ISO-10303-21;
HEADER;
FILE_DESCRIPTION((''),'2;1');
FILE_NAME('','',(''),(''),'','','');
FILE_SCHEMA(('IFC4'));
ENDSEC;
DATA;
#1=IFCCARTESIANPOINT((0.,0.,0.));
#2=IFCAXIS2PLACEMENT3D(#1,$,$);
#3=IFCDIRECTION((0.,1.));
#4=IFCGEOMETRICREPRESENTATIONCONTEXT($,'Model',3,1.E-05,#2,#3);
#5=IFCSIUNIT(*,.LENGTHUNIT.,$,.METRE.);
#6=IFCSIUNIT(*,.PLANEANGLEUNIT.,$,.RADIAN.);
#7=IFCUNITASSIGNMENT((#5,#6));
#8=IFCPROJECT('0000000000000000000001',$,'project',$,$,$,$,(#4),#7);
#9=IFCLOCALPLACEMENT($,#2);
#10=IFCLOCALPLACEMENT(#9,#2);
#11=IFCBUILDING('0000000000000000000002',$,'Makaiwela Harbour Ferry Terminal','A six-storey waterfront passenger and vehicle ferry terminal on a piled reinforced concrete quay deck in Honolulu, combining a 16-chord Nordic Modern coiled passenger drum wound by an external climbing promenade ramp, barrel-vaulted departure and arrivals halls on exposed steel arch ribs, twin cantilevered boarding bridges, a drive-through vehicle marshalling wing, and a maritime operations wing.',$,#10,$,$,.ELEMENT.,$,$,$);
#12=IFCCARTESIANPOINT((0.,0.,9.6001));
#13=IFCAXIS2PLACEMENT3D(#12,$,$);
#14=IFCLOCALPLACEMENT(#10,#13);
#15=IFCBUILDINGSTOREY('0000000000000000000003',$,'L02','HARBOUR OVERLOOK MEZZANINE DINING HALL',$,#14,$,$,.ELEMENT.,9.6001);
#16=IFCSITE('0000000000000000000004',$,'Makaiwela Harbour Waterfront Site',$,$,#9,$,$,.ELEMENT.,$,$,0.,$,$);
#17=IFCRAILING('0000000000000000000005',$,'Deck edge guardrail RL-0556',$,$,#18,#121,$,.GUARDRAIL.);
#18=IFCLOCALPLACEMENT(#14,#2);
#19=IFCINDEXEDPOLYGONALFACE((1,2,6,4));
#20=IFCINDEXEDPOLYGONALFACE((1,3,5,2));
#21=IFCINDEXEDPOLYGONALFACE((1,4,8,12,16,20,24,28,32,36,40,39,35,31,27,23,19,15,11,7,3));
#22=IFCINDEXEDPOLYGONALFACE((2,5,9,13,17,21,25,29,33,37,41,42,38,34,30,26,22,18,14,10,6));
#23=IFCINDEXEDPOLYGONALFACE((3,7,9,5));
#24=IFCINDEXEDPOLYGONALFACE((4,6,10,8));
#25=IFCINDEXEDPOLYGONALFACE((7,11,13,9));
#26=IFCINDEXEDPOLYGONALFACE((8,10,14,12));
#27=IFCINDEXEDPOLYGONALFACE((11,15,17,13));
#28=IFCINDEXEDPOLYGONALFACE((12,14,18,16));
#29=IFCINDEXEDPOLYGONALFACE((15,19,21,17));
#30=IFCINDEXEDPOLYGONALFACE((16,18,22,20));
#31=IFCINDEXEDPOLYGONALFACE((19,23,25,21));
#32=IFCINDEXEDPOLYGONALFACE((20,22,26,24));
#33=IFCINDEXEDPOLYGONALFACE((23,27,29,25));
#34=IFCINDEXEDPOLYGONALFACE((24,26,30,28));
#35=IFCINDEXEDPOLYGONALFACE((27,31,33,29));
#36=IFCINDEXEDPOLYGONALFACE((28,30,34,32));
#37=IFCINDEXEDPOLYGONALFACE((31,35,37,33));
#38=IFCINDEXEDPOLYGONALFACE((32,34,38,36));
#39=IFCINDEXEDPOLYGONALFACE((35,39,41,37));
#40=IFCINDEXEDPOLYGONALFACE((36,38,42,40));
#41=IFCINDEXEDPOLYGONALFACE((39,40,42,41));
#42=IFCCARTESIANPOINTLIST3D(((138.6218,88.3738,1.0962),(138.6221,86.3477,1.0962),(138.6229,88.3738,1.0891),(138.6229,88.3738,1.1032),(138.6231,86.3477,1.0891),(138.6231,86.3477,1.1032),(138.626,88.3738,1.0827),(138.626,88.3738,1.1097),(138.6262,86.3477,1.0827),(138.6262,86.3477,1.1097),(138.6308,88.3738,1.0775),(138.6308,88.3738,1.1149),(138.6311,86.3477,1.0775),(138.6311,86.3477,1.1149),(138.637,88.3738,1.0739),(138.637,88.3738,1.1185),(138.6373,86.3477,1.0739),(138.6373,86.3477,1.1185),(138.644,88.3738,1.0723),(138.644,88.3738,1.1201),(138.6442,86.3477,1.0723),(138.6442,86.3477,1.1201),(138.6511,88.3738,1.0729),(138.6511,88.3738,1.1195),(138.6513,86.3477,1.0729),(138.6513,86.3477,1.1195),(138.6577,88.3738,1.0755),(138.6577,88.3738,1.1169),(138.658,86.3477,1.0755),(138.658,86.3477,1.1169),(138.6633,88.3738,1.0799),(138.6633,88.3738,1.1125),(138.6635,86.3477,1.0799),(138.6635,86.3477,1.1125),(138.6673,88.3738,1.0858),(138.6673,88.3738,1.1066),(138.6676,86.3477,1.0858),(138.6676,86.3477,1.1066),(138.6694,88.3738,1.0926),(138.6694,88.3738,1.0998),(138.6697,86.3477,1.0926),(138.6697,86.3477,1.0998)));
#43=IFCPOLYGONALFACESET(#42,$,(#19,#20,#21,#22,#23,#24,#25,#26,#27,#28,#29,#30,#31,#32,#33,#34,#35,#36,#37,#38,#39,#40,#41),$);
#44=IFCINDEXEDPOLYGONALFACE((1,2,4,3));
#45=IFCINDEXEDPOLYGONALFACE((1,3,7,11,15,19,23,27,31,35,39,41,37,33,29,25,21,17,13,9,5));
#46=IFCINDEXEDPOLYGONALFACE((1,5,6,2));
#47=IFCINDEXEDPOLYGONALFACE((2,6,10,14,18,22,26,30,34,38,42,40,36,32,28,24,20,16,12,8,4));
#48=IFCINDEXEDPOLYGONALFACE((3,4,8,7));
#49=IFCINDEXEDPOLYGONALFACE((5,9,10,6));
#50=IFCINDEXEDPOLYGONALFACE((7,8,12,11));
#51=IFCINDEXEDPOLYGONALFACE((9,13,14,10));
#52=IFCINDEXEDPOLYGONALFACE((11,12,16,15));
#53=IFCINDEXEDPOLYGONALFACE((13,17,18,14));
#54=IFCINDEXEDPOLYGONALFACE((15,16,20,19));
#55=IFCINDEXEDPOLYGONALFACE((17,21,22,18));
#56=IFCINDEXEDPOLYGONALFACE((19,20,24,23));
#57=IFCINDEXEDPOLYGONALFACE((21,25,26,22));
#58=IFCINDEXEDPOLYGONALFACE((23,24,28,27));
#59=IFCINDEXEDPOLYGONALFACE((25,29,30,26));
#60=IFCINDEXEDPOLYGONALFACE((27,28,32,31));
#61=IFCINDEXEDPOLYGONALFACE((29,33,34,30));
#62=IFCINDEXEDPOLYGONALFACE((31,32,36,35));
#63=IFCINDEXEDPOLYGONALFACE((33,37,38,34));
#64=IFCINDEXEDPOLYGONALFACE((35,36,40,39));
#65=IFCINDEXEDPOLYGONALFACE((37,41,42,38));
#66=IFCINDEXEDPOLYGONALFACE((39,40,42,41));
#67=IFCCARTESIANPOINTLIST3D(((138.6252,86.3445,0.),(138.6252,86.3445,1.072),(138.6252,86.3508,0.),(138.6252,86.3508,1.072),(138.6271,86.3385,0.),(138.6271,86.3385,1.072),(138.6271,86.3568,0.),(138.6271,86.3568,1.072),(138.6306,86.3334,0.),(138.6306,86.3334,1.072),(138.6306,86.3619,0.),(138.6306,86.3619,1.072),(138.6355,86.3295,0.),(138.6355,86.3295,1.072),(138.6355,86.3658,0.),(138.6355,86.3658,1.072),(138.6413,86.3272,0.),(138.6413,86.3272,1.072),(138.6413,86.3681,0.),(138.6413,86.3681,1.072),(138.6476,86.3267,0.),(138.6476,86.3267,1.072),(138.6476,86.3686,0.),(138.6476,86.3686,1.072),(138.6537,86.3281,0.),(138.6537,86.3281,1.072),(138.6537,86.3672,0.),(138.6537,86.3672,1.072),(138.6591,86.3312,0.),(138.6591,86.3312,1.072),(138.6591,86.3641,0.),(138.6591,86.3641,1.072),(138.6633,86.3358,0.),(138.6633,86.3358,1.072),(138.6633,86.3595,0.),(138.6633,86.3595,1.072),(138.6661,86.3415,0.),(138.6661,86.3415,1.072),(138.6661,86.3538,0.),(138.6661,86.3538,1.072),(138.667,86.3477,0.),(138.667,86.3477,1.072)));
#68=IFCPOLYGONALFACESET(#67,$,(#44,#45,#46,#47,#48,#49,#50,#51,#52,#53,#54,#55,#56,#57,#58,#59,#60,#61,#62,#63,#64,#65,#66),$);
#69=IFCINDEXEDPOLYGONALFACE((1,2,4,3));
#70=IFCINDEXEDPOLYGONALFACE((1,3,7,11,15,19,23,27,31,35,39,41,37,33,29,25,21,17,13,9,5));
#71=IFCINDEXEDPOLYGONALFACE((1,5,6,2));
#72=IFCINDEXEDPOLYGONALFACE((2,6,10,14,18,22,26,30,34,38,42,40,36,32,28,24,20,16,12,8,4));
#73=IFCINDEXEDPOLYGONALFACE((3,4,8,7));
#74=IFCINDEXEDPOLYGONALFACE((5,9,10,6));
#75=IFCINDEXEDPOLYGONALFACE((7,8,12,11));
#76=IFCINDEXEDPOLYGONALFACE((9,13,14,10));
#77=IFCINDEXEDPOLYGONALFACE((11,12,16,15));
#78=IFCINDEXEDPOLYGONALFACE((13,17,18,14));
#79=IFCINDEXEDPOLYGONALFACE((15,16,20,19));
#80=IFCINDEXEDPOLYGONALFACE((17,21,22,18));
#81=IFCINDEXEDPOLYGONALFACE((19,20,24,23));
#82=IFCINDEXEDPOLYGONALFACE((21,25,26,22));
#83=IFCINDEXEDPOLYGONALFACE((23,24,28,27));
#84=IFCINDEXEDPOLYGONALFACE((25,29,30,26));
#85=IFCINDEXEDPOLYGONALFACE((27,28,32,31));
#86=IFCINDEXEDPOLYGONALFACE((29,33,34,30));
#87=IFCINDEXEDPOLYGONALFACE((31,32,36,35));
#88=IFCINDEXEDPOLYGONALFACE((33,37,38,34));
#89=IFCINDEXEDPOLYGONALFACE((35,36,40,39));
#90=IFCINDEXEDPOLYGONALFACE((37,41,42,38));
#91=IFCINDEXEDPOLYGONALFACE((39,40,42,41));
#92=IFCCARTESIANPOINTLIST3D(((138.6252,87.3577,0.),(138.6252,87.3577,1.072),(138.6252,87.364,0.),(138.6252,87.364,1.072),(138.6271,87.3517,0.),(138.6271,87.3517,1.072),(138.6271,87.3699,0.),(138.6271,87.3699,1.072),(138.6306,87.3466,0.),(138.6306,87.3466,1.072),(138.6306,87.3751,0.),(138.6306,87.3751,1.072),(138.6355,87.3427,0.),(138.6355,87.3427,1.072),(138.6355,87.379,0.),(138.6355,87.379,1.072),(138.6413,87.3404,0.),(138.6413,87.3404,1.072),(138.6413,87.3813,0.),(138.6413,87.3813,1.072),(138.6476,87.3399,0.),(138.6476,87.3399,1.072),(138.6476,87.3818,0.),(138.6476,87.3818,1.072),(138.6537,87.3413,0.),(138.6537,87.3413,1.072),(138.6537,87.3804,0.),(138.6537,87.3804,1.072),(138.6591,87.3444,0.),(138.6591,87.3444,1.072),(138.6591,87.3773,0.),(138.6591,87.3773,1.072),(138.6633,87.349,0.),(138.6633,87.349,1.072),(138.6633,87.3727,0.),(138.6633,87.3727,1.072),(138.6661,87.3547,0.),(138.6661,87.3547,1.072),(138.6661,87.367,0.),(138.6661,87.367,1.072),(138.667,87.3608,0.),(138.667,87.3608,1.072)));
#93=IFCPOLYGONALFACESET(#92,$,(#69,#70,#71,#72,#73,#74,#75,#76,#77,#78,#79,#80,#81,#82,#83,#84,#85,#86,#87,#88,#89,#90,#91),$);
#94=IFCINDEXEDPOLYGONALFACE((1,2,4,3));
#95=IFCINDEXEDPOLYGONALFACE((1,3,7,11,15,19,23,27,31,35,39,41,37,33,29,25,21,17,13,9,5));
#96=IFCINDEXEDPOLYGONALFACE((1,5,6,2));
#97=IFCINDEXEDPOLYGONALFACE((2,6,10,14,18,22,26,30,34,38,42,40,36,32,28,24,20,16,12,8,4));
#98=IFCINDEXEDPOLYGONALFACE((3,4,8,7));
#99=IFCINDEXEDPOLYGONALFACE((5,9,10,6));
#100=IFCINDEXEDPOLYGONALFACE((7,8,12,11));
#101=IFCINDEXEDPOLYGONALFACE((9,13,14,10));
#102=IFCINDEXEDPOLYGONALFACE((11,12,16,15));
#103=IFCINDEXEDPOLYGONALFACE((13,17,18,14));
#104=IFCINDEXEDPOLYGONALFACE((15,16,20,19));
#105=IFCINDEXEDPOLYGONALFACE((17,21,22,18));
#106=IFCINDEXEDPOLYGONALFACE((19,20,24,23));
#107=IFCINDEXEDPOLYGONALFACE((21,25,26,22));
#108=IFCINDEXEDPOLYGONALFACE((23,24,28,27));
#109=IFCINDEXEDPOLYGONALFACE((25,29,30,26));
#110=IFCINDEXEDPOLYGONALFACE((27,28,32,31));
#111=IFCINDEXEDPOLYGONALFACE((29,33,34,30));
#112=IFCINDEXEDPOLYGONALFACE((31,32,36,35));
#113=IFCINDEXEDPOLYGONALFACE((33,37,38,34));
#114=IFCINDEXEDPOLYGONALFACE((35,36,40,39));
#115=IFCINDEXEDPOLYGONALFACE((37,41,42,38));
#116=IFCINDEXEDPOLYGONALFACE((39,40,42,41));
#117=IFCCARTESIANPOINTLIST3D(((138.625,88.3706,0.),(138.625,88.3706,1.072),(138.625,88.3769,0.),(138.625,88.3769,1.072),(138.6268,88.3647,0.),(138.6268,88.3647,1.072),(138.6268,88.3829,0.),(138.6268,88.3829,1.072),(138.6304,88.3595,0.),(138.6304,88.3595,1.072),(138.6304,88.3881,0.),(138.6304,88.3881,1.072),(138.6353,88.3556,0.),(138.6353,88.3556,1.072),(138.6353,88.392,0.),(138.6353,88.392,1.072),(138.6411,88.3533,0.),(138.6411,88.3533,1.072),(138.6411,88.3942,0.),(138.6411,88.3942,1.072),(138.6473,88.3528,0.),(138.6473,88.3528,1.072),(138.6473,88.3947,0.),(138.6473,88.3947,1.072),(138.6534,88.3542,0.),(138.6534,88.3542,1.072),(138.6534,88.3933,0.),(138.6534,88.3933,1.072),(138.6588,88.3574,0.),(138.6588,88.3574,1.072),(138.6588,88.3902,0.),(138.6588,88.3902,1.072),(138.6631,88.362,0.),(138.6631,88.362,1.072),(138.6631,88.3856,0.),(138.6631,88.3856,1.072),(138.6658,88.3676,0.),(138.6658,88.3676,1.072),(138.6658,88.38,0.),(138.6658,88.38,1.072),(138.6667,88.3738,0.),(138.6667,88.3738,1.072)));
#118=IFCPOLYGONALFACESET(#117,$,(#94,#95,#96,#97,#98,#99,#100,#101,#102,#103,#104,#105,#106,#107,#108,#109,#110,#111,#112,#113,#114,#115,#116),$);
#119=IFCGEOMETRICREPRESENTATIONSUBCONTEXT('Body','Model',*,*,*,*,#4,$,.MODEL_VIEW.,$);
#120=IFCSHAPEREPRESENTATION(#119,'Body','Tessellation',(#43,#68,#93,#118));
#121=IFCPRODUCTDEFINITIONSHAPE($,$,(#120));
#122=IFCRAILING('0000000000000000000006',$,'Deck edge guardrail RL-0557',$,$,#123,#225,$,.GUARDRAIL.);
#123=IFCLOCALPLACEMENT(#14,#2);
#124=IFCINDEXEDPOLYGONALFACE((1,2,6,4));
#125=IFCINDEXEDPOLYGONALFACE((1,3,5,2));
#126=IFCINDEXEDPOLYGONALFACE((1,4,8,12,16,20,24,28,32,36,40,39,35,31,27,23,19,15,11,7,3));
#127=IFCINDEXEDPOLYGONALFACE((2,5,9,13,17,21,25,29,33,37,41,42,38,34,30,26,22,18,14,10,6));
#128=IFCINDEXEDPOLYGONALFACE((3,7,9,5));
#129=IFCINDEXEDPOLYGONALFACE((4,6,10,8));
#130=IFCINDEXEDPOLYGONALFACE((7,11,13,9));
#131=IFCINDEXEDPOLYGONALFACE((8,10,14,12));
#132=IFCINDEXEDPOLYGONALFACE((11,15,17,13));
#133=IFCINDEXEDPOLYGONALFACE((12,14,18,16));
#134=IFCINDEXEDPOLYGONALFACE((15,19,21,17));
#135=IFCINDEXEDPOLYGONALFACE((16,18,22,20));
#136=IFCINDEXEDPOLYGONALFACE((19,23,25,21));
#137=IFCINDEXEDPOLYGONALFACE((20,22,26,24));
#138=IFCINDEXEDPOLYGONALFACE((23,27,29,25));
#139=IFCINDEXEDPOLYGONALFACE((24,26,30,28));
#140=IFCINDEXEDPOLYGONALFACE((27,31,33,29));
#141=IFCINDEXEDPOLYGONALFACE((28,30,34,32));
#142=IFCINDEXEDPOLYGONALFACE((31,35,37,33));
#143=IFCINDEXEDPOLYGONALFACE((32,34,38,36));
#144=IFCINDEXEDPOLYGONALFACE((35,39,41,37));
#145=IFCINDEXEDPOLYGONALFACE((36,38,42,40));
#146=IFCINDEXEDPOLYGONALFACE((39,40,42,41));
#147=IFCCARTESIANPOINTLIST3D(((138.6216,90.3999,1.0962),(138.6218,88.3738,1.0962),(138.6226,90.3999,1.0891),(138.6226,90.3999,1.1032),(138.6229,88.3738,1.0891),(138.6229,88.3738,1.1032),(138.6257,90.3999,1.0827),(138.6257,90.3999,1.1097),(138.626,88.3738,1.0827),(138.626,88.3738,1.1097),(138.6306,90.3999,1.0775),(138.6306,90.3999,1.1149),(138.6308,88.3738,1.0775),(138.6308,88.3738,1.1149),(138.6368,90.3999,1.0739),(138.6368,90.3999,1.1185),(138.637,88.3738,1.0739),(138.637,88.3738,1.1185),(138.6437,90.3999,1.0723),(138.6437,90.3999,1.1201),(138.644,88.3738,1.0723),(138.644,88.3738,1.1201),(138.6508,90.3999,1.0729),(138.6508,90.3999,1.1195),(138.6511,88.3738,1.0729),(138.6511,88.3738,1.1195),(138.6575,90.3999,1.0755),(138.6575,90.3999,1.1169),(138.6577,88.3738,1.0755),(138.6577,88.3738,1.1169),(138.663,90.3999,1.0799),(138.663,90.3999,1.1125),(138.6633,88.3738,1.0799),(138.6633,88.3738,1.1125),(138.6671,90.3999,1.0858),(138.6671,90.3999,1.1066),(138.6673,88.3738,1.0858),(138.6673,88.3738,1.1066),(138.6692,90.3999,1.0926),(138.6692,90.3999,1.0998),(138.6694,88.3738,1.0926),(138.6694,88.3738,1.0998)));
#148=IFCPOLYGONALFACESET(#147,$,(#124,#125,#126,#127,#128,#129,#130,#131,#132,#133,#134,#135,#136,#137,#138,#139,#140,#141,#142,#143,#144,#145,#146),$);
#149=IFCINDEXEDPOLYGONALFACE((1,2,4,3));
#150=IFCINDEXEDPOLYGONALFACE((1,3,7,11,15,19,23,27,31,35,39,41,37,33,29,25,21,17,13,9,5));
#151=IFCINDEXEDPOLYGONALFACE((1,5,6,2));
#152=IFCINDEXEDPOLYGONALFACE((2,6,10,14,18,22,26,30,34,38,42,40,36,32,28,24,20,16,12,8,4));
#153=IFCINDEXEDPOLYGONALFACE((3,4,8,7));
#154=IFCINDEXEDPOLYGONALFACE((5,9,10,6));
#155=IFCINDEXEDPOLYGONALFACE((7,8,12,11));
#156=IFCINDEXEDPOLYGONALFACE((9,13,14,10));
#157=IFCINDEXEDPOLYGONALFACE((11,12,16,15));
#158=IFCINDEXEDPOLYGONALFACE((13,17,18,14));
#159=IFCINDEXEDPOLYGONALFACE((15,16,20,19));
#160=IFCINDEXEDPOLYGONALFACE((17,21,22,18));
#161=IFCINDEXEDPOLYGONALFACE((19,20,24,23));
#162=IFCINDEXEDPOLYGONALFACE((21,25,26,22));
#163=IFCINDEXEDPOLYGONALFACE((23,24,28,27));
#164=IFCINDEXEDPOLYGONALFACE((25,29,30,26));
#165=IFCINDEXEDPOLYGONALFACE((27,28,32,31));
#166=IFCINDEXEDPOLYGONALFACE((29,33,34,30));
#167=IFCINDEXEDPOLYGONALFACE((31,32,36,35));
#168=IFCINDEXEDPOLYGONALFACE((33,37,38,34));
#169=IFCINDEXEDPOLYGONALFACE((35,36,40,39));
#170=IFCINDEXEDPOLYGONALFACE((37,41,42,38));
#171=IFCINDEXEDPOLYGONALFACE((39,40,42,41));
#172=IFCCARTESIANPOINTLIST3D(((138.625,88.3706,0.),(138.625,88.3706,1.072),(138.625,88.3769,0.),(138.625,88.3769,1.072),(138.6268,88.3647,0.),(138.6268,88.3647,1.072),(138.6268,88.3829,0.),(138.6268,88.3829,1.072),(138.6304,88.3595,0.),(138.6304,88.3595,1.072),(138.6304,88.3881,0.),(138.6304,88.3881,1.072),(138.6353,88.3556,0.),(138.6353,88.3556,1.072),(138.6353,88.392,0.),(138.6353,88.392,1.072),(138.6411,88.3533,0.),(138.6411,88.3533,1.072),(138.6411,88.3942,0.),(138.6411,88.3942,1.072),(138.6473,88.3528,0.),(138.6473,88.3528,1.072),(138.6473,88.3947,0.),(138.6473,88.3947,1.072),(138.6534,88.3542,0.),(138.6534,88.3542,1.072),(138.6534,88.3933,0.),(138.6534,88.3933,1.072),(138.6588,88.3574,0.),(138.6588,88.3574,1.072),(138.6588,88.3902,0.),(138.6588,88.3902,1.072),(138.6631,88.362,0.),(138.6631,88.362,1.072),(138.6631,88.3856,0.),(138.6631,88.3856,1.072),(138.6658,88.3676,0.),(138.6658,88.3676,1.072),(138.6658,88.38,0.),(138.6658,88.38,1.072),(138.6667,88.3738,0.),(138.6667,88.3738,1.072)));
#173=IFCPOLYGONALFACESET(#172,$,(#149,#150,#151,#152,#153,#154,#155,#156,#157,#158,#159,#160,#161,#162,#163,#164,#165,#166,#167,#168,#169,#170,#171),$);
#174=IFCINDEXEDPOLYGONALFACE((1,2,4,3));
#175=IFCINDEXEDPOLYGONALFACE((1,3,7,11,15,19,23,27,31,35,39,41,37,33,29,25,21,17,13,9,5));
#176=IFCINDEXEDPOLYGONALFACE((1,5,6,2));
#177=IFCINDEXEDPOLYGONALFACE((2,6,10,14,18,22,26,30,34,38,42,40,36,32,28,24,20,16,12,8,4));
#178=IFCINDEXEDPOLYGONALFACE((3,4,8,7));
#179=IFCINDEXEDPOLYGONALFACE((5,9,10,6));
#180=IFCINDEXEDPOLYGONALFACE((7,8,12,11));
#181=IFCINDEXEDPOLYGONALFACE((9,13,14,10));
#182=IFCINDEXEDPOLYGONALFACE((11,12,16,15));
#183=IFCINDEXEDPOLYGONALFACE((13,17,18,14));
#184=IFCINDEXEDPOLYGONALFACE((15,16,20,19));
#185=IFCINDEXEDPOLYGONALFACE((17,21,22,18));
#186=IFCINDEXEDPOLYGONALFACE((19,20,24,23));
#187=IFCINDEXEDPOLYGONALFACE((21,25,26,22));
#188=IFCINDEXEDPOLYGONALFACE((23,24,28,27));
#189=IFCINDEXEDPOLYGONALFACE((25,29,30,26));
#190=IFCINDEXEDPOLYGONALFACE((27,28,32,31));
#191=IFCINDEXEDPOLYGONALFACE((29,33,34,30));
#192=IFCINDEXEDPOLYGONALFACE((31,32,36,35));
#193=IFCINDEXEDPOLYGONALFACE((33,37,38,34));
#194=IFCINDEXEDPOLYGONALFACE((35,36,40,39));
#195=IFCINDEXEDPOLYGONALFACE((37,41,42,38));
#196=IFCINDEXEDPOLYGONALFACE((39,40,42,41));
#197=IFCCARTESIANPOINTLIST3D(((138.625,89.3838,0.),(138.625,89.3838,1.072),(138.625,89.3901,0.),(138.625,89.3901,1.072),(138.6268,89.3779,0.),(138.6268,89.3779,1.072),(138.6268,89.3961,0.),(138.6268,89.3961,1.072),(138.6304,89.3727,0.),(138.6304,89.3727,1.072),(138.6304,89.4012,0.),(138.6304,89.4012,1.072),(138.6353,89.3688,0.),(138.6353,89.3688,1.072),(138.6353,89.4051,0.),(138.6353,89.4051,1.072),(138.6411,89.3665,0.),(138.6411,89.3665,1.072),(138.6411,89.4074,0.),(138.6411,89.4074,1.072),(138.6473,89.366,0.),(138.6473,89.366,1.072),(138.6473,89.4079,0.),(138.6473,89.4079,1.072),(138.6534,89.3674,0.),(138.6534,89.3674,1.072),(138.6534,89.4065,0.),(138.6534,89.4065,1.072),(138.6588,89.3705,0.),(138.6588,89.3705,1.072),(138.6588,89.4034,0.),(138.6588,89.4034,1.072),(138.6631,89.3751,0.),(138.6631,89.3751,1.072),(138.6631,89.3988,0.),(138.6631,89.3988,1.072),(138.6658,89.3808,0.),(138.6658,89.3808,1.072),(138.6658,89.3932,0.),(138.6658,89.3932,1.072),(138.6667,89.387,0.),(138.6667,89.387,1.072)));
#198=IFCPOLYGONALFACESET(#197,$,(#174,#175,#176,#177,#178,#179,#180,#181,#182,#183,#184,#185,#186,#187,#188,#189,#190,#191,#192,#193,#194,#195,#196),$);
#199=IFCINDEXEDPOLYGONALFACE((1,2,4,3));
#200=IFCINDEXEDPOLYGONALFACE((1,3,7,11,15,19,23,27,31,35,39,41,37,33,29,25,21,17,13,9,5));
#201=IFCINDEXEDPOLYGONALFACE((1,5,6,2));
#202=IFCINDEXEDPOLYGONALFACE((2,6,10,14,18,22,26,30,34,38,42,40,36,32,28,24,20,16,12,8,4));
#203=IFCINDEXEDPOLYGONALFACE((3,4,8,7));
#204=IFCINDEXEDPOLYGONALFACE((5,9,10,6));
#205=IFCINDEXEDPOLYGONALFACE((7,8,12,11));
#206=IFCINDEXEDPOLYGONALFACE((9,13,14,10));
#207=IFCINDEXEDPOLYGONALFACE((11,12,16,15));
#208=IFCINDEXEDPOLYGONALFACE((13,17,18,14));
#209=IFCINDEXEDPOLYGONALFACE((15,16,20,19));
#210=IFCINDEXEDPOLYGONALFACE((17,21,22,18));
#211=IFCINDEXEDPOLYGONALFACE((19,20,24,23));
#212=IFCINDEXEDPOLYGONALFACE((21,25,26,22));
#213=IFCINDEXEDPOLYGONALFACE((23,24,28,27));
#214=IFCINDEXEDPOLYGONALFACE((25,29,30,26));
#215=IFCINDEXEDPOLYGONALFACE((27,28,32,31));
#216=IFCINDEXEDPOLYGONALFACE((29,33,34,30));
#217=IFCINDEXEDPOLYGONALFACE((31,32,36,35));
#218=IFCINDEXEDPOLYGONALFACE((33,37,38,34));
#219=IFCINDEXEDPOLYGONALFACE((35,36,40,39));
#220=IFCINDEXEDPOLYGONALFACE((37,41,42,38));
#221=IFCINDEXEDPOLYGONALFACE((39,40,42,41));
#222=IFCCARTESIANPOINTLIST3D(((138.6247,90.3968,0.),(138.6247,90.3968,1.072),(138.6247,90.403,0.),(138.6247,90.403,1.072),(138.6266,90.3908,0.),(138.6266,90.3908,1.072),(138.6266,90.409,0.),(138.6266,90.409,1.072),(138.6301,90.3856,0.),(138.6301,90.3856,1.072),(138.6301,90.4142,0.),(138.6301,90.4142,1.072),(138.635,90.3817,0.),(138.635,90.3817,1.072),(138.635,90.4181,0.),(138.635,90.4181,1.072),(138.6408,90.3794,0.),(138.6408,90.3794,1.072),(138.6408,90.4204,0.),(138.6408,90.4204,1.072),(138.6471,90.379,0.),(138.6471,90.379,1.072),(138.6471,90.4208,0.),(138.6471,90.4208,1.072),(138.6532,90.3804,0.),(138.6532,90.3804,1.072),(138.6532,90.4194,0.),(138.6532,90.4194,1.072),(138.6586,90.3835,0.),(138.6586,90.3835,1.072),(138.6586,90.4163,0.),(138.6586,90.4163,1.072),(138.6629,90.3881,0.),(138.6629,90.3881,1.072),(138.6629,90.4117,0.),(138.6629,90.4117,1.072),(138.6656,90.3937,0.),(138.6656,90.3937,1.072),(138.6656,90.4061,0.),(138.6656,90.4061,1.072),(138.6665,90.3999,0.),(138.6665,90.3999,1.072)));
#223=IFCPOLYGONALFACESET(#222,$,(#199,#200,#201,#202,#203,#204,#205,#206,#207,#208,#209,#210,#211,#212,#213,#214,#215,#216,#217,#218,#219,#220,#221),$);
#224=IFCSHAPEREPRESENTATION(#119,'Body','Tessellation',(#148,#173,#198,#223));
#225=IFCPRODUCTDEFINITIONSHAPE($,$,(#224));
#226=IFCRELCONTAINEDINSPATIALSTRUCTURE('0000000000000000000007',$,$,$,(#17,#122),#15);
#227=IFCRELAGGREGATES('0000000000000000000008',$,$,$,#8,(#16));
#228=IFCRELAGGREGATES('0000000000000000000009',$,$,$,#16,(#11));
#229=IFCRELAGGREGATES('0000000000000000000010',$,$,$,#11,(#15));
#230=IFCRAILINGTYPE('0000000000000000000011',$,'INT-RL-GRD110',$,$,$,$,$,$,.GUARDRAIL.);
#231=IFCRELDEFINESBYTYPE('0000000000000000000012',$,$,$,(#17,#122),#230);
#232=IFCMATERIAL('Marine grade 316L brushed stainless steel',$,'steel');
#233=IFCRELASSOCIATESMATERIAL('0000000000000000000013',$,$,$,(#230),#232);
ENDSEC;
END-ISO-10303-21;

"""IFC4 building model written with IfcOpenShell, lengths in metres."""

from ifc_helpers import new_model, si_unit, direction, frame, origin, origin_2d, place, context, subcontext, project, spatial, circle, extrude, material, type_object, element, save


model = new_model("IFC4")

# Units and contexts
model_context = context("Model", 3, precision=1e-05, world=origin(), true_north=direction((0.0, 1.0)))
body_context = subcontext(model_context, "Body", "Model", "MODEL_VIEW")
ifc_project = project(units=[si_unit("LENGTHUNIT", "METRE"), si_unit("PLANEANGLEUNIT", "RADIAN")], contexts=[model_context])

# Site, building, storey
site_placement = place(None, origin())
site = spatial("IfcSite", under=ifc_project, at=site_placement, Name="Makaiwela Harbour Waterfront Site", CompositionType="ELEMENT", RefElevation=0.0)
building_placement = place(site_placement, origin())
building = spatial("IfcBuilding", under=site, at=building_placement, Name="Makaiwela Harbour Ferry Terminal", Description="A six-storey waterfront passenger and vehicle ferry terminal on a piled reinforced concrete quay deck in Honolulu, combining a 16-chord Nordic Modern coiled passenger drum wound by an external climbing promenade ramp, barrel-vaulted departure and arrivals halls on exposed steel arch ribs, twin cantilevered boarding bridges, a drive-through vehicle marshalling wing, and a maritime operations wing.", CompositionType="ELEMENT")
storey_placement = place(building_placement, frame((0.0, 0.0, 9.6001)))
storey = spatial("IfcBuildingStorey", under=building, at=storey_placement, Name="L02", Description="HARBOUR OVERLOOK MEZZANINE DINING HALL", CompositionType="ELEMENT", Elevation=9.6001)

# Railings
ifc_material_1 = material(Name="Marine grade 316L brushed stainless steel", Category="steel")
railing_type = type_object("IfcRailingType", Name="INT-RL-GRD110", PredefinedType="GUARDRAIL", material=ifc_material_1)
for number, where, name in (
    (1, (138.646, 86.3477, 0.0), "Deck edge guardrail RL-0556"),
    (2, (138.6458, 88.3738, 0.0), "Deck edge guardrail RL-0557"),
):
    element("IfcRailing", number, at=place(storey_placement, frame(where)), inside=storey, type_object=railing_type, Name=name, PredefinedType="GUARDRAIL", context=body_context, shape_type="SweptSolid", body=[
        extrude(circle(Radius=0.0239, at=origin_2d()), frame((0.0, 0.0, 1.0962), z_axis=(-0.00012, 1.0, 0.0), x_axis=(-1.0, -0.00012, 0.0)), (0.0, 0.0, 1.0), 2.0261),
        extrude(circle(Radius=0.021, at=origin_2d()), origin(), (0.0, 0.0, 1.0), 1.072),
        extrude(circle(Radius=0.021, at=origin_2d()), frame((0.0, 1.0132, 0.0)), (0.0, 0.0, 1.0), 1.072),
        extrude(circle(Radius=0.021, at=origin_2d()), frame((-0.0002, 2.0261, 0.0)), (0.0, 0.0, 1.0), 1.072),
    ])

save(model, "model.ifc")
